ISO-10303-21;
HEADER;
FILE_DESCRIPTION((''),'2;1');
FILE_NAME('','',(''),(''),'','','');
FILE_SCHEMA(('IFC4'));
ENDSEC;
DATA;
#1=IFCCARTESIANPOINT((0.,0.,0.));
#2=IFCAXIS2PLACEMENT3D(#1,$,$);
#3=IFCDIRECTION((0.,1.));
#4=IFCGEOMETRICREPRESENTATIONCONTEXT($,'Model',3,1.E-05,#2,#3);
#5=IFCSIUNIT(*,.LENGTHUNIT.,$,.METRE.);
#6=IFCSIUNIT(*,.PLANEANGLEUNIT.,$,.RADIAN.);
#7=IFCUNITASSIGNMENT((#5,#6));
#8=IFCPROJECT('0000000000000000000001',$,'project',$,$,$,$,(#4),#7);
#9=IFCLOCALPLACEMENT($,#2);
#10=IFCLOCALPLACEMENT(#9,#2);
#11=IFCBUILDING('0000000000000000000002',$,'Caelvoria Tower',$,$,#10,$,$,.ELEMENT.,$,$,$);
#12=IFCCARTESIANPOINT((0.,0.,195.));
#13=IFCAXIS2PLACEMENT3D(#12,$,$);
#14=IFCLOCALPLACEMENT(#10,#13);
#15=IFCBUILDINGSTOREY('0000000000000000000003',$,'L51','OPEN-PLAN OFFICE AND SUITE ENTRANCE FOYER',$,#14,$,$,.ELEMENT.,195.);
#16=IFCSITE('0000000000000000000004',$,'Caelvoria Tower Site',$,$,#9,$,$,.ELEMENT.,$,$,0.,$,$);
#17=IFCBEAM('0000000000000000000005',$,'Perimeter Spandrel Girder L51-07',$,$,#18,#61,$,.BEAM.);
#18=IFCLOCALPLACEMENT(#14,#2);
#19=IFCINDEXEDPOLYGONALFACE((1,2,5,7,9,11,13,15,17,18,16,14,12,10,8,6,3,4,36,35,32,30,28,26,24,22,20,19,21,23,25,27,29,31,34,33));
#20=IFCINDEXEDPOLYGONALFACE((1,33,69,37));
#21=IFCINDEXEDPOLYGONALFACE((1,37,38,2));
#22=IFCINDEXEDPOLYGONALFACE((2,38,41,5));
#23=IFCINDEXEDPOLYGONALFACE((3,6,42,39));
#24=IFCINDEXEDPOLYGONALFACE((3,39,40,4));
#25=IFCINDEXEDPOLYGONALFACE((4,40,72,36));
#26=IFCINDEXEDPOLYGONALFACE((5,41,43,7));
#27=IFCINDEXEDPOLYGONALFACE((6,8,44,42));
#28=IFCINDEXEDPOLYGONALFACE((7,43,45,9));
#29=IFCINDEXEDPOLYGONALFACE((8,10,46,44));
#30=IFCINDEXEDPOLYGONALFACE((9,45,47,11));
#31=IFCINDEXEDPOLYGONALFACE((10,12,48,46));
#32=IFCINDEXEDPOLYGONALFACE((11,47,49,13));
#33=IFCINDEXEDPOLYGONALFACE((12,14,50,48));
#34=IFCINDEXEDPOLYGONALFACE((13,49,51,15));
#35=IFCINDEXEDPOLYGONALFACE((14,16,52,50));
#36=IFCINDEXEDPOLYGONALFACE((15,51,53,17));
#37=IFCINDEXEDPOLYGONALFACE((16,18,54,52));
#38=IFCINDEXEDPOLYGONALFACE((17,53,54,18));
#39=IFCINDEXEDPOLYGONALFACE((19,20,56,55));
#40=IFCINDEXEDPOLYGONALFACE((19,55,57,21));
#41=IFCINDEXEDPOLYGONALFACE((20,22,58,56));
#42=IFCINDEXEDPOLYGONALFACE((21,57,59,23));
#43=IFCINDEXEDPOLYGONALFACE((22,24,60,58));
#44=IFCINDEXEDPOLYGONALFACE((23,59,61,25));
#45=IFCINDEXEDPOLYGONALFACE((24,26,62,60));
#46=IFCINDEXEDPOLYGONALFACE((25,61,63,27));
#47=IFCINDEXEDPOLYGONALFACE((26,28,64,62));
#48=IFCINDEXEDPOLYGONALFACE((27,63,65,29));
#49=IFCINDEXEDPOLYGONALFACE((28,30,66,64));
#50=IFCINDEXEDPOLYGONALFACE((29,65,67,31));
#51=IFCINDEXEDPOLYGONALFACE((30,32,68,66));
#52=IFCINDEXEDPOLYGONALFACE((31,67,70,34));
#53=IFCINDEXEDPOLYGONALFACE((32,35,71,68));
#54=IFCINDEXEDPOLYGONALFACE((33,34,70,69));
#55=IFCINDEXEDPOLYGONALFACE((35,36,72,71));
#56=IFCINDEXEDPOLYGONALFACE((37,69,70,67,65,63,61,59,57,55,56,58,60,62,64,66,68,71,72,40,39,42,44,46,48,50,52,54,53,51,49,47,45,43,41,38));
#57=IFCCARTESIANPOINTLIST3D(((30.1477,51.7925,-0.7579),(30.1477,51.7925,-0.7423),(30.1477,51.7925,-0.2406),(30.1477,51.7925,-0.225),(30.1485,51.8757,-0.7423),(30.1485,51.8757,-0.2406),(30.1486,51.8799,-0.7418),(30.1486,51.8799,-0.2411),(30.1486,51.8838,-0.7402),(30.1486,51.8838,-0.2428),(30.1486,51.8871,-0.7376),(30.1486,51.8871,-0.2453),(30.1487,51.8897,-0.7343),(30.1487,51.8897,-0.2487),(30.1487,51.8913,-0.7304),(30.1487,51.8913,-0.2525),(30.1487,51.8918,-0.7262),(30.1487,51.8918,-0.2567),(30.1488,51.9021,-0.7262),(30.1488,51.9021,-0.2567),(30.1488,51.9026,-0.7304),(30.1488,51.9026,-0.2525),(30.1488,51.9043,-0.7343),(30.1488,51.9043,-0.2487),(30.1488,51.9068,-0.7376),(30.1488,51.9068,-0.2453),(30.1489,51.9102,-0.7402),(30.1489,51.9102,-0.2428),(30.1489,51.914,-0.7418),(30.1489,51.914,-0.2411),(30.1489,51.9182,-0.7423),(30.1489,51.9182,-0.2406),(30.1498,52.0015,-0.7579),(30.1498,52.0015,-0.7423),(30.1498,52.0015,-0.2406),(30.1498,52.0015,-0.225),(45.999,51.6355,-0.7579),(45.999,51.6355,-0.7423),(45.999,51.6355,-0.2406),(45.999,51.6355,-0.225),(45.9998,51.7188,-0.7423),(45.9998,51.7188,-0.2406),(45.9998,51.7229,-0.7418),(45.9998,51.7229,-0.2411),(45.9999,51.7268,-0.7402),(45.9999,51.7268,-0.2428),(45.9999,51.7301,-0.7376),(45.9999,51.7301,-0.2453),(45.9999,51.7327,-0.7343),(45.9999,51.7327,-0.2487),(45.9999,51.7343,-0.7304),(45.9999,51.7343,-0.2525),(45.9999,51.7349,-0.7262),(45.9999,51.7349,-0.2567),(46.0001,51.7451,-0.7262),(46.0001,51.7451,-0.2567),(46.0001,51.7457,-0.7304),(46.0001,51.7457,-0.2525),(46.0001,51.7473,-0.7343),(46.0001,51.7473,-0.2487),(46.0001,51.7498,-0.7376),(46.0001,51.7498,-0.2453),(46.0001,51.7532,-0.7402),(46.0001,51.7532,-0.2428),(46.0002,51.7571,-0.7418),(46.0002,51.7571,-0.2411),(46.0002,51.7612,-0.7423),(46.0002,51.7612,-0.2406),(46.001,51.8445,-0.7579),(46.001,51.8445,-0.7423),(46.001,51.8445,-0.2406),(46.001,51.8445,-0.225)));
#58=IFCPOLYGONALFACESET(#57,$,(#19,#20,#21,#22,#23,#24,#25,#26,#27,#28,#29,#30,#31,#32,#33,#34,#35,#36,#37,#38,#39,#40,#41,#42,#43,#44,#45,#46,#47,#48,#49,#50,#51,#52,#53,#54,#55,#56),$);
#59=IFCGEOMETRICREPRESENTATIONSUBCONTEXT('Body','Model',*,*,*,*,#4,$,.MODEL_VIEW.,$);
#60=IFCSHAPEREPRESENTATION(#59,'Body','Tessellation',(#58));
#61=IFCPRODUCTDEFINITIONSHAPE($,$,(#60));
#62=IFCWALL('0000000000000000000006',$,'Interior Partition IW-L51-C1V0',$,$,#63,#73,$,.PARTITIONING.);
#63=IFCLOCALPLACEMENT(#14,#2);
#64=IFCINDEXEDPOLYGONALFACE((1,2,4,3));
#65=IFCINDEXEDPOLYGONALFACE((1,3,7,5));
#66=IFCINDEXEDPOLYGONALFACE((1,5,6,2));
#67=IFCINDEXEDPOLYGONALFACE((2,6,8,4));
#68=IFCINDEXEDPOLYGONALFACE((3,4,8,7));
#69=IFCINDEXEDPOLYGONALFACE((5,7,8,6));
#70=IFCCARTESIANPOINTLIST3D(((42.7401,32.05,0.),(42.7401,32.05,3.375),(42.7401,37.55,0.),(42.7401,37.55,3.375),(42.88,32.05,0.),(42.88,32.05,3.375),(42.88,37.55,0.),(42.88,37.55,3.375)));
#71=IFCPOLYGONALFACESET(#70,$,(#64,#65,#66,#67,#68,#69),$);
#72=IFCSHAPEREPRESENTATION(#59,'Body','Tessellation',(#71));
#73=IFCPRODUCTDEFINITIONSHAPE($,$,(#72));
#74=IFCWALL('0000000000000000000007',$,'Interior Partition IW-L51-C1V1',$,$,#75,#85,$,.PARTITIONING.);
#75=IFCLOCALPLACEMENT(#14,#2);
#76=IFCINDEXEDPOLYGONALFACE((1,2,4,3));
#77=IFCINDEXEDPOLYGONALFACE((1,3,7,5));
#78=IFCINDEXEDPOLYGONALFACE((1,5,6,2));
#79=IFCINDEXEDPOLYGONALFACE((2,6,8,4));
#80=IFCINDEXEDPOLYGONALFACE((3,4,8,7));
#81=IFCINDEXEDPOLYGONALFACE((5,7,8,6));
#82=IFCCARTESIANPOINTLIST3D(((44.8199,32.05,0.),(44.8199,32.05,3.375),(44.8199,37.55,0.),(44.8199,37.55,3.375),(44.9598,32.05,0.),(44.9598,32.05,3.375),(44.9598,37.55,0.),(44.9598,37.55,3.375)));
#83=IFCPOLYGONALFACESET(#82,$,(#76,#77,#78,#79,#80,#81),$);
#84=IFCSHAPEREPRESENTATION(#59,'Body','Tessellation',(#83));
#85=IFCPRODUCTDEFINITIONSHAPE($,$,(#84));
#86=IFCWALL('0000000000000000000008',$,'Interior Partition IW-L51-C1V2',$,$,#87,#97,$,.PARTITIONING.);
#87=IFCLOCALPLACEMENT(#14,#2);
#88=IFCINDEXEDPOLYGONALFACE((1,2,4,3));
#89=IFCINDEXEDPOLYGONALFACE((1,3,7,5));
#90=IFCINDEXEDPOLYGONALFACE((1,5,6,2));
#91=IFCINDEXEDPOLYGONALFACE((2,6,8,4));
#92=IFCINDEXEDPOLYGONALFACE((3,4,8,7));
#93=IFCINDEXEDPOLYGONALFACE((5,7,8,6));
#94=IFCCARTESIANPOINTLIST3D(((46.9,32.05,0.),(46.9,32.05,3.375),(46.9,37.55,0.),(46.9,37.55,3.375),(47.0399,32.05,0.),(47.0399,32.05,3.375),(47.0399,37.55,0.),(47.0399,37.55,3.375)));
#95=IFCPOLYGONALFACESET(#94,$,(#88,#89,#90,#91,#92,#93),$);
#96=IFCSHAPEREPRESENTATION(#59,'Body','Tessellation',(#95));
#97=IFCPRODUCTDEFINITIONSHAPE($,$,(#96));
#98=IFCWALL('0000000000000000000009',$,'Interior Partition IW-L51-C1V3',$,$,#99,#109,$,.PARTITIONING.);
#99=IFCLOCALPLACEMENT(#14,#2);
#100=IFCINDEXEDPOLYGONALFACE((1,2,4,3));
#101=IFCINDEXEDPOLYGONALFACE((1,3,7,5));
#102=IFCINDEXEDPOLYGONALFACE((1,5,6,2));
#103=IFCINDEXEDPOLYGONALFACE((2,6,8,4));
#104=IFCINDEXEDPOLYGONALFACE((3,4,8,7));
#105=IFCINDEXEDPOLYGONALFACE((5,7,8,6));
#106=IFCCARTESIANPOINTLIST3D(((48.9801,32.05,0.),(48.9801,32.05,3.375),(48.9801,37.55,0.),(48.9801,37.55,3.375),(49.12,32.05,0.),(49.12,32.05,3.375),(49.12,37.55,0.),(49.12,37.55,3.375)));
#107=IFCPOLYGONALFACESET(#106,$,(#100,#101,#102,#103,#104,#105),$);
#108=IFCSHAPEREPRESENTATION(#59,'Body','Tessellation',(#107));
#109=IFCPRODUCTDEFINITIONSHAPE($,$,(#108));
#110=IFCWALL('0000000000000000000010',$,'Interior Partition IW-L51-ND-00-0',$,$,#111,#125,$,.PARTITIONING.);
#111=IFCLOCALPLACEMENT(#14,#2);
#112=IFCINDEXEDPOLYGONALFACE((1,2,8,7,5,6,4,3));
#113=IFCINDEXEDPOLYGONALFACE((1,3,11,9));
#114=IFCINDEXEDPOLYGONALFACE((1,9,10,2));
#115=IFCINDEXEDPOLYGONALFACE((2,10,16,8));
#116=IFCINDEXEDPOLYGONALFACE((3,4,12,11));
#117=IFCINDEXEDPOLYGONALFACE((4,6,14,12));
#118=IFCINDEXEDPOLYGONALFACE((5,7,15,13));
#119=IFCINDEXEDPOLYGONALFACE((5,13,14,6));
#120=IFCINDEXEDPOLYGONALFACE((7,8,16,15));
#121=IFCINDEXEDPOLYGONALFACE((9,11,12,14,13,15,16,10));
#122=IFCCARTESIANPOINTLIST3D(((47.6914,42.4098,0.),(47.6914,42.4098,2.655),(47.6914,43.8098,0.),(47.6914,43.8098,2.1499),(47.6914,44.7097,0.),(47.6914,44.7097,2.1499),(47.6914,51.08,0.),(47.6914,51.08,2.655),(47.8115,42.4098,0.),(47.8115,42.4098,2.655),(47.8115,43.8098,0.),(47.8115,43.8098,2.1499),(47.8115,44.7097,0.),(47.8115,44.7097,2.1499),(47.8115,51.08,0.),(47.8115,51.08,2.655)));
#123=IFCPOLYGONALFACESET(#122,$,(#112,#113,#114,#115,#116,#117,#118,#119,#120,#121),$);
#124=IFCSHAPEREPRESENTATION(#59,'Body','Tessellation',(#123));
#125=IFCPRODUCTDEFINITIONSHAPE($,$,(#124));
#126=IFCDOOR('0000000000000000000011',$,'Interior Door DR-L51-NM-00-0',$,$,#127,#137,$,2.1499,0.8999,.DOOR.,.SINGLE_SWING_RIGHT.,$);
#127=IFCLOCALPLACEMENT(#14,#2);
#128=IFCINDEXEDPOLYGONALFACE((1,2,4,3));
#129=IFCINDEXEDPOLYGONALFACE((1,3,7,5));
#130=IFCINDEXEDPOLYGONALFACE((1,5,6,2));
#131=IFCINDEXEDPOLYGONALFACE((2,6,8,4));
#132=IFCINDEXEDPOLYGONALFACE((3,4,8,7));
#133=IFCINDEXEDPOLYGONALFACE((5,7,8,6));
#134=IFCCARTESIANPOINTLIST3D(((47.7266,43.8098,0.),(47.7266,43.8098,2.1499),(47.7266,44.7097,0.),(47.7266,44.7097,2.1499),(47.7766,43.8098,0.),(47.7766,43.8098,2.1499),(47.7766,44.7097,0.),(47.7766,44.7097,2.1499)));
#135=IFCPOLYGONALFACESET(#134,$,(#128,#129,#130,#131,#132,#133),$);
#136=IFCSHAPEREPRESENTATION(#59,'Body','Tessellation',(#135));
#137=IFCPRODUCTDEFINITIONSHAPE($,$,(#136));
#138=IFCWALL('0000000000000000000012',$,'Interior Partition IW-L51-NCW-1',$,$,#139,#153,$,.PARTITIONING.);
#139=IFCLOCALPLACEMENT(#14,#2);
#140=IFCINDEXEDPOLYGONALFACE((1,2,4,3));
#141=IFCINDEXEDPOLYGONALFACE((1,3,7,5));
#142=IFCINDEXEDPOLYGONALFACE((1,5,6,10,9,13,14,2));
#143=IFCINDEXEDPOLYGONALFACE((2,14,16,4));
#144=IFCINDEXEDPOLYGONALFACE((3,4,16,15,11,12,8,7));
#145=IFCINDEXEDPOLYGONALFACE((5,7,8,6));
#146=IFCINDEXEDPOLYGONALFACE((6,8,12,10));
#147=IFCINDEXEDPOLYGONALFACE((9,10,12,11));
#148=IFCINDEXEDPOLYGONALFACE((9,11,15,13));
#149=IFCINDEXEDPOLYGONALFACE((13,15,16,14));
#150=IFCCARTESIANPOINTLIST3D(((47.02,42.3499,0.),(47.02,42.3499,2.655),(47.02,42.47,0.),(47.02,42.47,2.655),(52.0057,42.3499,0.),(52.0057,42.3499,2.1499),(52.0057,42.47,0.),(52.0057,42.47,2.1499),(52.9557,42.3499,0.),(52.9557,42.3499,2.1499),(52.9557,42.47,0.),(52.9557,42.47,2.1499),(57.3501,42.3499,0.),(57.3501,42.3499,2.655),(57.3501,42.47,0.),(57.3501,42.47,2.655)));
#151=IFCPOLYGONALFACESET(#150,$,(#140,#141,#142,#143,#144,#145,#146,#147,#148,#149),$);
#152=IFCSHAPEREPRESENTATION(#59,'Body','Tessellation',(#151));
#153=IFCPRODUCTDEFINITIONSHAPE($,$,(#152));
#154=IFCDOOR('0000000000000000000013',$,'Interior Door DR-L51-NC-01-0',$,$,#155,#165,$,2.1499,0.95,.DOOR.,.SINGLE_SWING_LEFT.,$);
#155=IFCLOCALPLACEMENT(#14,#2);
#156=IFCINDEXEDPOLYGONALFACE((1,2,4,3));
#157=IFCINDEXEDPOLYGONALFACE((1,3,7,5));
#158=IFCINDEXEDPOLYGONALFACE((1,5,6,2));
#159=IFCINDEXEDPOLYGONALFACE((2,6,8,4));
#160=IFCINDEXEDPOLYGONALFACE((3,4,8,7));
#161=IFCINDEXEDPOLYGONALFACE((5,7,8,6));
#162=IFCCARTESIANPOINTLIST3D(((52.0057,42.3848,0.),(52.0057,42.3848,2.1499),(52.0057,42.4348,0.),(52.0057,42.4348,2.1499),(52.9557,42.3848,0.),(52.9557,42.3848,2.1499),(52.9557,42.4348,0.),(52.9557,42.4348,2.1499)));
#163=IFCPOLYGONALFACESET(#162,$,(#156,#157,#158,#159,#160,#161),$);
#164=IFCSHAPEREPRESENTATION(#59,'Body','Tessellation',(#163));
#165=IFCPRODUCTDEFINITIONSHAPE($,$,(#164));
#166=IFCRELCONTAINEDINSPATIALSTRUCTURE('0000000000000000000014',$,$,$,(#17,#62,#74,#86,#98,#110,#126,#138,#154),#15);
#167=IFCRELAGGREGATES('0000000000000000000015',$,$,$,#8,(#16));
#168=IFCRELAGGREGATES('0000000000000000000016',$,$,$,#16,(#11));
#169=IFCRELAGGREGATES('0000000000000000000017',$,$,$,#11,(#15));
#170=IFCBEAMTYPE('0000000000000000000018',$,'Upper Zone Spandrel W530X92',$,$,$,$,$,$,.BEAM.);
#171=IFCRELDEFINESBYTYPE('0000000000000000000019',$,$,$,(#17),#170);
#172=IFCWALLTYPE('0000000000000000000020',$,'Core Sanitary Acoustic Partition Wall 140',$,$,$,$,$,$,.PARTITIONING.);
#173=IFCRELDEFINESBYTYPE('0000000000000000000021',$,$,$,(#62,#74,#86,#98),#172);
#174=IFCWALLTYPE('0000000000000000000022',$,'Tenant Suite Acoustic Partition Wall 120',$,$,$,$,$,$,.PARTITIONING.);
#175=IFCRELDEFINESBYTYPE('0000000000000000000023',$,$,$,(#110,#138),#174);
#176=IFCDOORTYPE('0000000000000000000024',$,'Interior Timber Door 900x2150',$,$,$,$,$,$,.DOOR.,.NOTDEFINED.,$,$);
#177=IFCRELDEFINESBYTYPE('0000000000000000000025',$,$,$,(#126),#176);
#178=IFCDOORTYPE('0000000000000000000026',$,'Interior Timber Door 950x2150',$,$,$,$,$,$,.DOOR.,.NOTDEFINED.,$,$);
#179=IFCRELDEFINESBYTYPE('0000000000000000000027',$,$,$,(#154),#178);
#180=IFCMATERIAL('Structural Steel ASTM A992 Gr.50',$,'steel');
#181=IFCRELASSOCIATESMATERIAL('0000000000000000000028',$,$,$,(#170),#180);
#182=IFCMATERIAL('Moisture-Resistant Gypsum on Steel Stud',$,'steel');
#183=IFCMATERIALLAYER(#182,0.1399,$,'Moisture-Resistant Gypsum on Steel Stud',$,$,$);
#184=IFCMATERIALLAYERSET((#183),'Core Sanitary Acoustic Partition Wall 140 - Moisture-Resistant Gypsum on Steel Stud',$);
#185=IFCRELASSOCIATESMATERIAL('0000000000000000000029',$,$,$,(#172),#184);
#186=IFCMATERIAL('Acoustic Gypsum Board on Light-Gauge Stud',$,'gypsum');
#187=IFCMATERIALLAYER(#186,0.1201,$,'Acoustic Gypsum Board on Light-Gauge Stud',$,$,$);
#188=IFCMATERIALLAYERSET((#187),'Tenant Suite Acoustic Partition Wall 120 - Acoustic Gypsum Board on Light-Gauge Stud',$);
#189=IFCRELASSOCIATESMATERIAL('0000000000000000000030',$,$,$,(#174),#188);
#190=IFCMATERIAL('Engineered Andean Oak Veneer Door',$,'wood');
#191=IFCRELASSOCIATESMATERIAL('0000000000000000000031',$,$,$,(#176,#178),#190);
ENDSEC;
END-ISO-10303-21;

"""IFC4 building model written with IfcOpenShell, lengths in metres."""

from ifc_helpers import new_model, si_unit, direction, frame, frame_2d, origin, origin_2d, place, context, subcontext, project, spatial, rectangle, i_section, extrude, material, layer, layer_set, material_profile, profile_set, type_object, element, fill, save


model = new_model("IFC4")

# Units and contexts
model_context = context("Model", 3, precision=1e-05, world=origin(), true_north=direction((0.0, 1.0)))
body_context = subcontext(model_context, "Body", "Model", "MODEL_VIEW")
ifc_project = project(units=[si_unit("LENGTHUNIT", "METRE"), si_unit("PLANEANGLEUNIT", "RADIAN")], contexts=[model_context])

# Site, building, storey
site_placement = place(None, origin())
site = spatial("IfcSite", under=ifc_project, at=site_placement, Name="Caelvoria Tower Site", CompositionType="ELEMENT", RefElevation=0.0)
building_placement = place(site_placement, origin())
building = spatial("IfcBuilding", under=site, at=building_placement, Name="Caelvoria Tower", CompositionType="ELEMENT")
storey_placement = place(building_placement, frame((0.0, 0.0, 195.0)))
storey = spatial("IfcBuildingStorey", under=building, at=storey_placement, Name="L51", Description="OPEN-PLAN OFFICE AND SUITE ENTRANCE FOYER", CompositionType="ELEMENT", Elevation=195.0)

# Shared definitions
ifc_material_1 = material(Name="Structural Steel ASTM A992 Gr.50", Category="steel")

# Beam
ifc_material_profile_1 = material_profile(ifc_material_1, i_section(OverallWidth=0.209, OverallDepth=0.533, WebThickness=0.0103, FlangeThickness=0.0156, FilletRadius=0.0161, at=origin_2d()), Name="Structural Steel ASTM A992 Gr.50")
ifc_profile_set_1 = profile_set([ifc_material_profile_1], Name="W530X92 - Structural Steel ASTM A992 Gr.50")
beam_type_1 = type_object("IfcBeamType", Name="Upper Zone Spandrel W530X92", PredefinedType="BEAM", material=ifc_profile_set_1)
beam_1_placement = place(storey_placement, frame((46.0, 51.74, -0.4915), z_axis=(-0.999951, 0.009903, 0.0), x_axis=(-0.009903, -0.999951, 0.0)))
element("IfcBeam", 1, at=beam_1_placement, inside=storey, type_object=beam_type_1, Name="Perimeter Spandrel Girder L51-07", PredefinedType="BEAM", context=body_context, shape_type="SweptSolid", body=[
    extrude(i_section(OverallWidth=0.209, OverallDepth=0.533, WebThickness=0.0103, FlangeThickness=0.0156, FilletRadius=0.0161, at=origin_2d()), origin(), (0.0, 0.0, 1.0), 15.8521),
])

# Walls
ifc_material_2 = material(Name="Moisture-Resistant Gypsum on Steel Stud", Category="steel")
ifc_layer_1 = layer(ifc_material_2, 0.1399, Name="Moisture-Resistant Gypsum on Steel Stud")
ifc_layer_set_1 = layer_set([ifc_layer_1], Name="Core Sanitary Acoustic Partition Wall 140 - Moisture-Resistant Gypsum on Steel Stud")
wall_type_1 = type_object("IfcWallType", Name="Core Sanitary Acoustic Partition Wall 140", PredefinedType="PARTITIONING", material=ifc_layer_set_1)
for number, where, z_axis, x_axis, name in (
    (2, (42.8101, 32.05, 0.0), (0.0, 0.0, 1.0), (0.0, 1.0, 0.0), "Interior Partition IW-L51-C1V0"),
    (3, (44.8899, 32.05, 0.0), (0.0, 0.0, 1.0), (0.0, 1.0, 0.0), "Interior Partition IW-L51-C1V1"),
    (4, (46.97, 32.05, 0.0), (0.0, 0.0, 1.0), (0.0, 1.0, 0.0), "Interior Partition IW-L51-C1V2"),
    (5, (49.05, 32.05, 0.0), (0.0, 0.0, 1.0), (0.0, 1.0, 0.0), "Interior Partition IW-L51-C1V3"),
):
    element("IfcWall", number, at=place(storey_placement, frame(where, z_axis=z_axis, x_axis=x_axis)), inside=storey, type_object=wall_type_1, Name=name, PredefinedType="PARTITIONING", context=body_context, shape_type="SweptSolid", body=[
        extrude(rectangle(XDim=5.5, YDim=0.1399, at=frame_2d((2.75, 0.0))), origin(), (0.0, 0.0, 1.0), 3.375),
    ])

# Walls, openings, doors
ifc_material_3 = material(Name="Acoustic Gypsum Board on Light-Gauge Stud", Category="gypsum")
ifc_layer_2 = layer(ifc_material_3, 0.1201, Name="Acoustic Gypsum Board on Light-Gauge Stud")
ifc_layer_set_2 = layer_set([ifc_layer_2], Name="Tenant Suite Acoustic Partition Wall 120 - Acoustic Gypsum Board on Light-Gauge Stud")
wall_type_2 = type_object("IfcWallType", Name="Tenant Suite Acoustic Partition Wall 120", PredefinedType="PARTITIONING", material=ifc_layer_set_2)
wall_1_placement = place(storey_placement, frame((47.7515, 42.4099, 0.0), z_axis=(0.0, 0.0, 1.0), x_axis=(0.0, 1.0, 0.0)))
wall_1 = element("IfcWall", 6, at=wall_1_placement, inside=storey, type_object=wall_type_2, Name="Interior Partition IW-L51-ND-00-0", PredefinedType="PARTITIONING", context=body_context, shape_type="SweptSolid", body=[
    extrude(rectangle(XDim=8.6702, YDim=0.1201, at=frame_2d((4.335, 0.0))), origin(), (0.0, 0.0, 1.0), 2.655),
])
opening_1_placement = place(wall_1_placement, frame((1.3999, 0.0, 0.0)))
opening_1 = element("IfcOpeningElement", 7, at=opening_1_placement, cuts=wall_1, PredefinedType="OPENING", context=body_context, shape_type="SweptSolid", body=[
    extrude(rectangle(XDim=0.8999, YDim=2.1499, at=frame_2d((0.45, 1.075))), frame((0.0, 0.0701, 0.0), z_axis=(0.0, -1.0, 0.0), x_axis=(1.0, 0.0, 0.0)), (0.0, 0.0, 1.0), 0.1401),
])
ifc_material_4 = material(Name="Engineered Andean Oak Veneer Door", Category="wood")
door_type_1 = type_object("IfcDoorType", Name="Interior Timber Door 900x2150", OperationType="NOTDEFINED", PredefinedType="DOOR", material=ifc_material_4)
door_1_placement = place(opening_1_placement, origin())
door_1 = element("IfcDoor", 8, at=door_1_placement, inside=storey, type_object=door_type_1, Name="Interior Door DR-L51-NM-00-0", OperationType="SINGLE_SWING_RIGHT", OverallHeight=2.1499, OverallWidth=0.8999, PredefinedType="DOOR", context=body_context, shape_type="SweptSolid", body=[
    extrude(rectangle(XDim=0.8999, YDim=2.1499, at=frame_2d((0.45, 1.075))), frame((0.0, 0.0249, 0.0), z_axis=(0.0, -1.0, 0.0), x_axis=(1.0, 0.0, 0.0)), (0.0, 0.0, 1.0), 0.05),
])
fill(opening_1, door_1)
wall_2_placement = place(storey_placement, frame((47.02, 42.4099, 0.0), z_axis=(0.0, 0.0, 1.0), x_axis=(1.0, 0.0, 0.0)))
wall_2 = element("IfcWall", 9, at=wall_2_placement, inside=storey, type_object=wall_type_2, Name="Interior Partition IW-L51-NCW-1", PredefinedType="PARTITIONING", context=body_context, shape_type="SweptSolid", body=[
    extrude(rectangle(XDim=10.3301, YDim=0.1201, at=frame_2d((5.165, 0.0))), origin(), (0.0, 0.0, 1.0), 2.655),
])
opening_2_placement = place(wall_2_placement, frame((4.9856, 0.0, 0.0)))
opening_2 = element("IfcOpeningElement", 10, at=opening_2_placement, cuts=wall_2, PredefinedType="OPENING", context=body_context, shape_type="SweptSolid", body=[
    extrude(rectangle(XDim=0.95, YDim=2.1499, at=frame_2d((0.4751, 1.075))), frame((0.0, 0.0701, 0.0), z_axis=(0.0, -1.0, 0.0), x_axis=(1.0, 0.0, 0.0)), (0.0, 0.0, 1.0), 0.1401),
])
door_type_2 = type_object("IfcDoorType", Name="Interior Timber Door 950x2150", OperationType="NOTDEFINED", PredefinedType="DOOR", material=ifc_material_4)
door_2_placement = place(opening_2_placement, origin())
door_2 = element("IfcDoor", 11, at=door_2_placement, inside=storey, type_object=door_type_2, Name="Interior Door DR-L51-NC-01-0", OperationType="SINGLE_SWING_LEFT", OverallHeight=2.1499, OverallWidth=0.95, PredefinedType="DOOR", context=body_context, shape_type="SweptSolid", body=[
    extrude(rectangle(XDim=0.95, YDim=2.1499, at=frame_2d((0.4751, 1.075))), frame((0.0, 0.0249, 0.0), z_axis=(0.0, -1.0, 0.0), x_axis=(1.0, 0.0, 0.0)), (0.0, 0.0, 1.0), 0.05),
])
fill(opening_2, door_2)

save(model, "model.ifc")
